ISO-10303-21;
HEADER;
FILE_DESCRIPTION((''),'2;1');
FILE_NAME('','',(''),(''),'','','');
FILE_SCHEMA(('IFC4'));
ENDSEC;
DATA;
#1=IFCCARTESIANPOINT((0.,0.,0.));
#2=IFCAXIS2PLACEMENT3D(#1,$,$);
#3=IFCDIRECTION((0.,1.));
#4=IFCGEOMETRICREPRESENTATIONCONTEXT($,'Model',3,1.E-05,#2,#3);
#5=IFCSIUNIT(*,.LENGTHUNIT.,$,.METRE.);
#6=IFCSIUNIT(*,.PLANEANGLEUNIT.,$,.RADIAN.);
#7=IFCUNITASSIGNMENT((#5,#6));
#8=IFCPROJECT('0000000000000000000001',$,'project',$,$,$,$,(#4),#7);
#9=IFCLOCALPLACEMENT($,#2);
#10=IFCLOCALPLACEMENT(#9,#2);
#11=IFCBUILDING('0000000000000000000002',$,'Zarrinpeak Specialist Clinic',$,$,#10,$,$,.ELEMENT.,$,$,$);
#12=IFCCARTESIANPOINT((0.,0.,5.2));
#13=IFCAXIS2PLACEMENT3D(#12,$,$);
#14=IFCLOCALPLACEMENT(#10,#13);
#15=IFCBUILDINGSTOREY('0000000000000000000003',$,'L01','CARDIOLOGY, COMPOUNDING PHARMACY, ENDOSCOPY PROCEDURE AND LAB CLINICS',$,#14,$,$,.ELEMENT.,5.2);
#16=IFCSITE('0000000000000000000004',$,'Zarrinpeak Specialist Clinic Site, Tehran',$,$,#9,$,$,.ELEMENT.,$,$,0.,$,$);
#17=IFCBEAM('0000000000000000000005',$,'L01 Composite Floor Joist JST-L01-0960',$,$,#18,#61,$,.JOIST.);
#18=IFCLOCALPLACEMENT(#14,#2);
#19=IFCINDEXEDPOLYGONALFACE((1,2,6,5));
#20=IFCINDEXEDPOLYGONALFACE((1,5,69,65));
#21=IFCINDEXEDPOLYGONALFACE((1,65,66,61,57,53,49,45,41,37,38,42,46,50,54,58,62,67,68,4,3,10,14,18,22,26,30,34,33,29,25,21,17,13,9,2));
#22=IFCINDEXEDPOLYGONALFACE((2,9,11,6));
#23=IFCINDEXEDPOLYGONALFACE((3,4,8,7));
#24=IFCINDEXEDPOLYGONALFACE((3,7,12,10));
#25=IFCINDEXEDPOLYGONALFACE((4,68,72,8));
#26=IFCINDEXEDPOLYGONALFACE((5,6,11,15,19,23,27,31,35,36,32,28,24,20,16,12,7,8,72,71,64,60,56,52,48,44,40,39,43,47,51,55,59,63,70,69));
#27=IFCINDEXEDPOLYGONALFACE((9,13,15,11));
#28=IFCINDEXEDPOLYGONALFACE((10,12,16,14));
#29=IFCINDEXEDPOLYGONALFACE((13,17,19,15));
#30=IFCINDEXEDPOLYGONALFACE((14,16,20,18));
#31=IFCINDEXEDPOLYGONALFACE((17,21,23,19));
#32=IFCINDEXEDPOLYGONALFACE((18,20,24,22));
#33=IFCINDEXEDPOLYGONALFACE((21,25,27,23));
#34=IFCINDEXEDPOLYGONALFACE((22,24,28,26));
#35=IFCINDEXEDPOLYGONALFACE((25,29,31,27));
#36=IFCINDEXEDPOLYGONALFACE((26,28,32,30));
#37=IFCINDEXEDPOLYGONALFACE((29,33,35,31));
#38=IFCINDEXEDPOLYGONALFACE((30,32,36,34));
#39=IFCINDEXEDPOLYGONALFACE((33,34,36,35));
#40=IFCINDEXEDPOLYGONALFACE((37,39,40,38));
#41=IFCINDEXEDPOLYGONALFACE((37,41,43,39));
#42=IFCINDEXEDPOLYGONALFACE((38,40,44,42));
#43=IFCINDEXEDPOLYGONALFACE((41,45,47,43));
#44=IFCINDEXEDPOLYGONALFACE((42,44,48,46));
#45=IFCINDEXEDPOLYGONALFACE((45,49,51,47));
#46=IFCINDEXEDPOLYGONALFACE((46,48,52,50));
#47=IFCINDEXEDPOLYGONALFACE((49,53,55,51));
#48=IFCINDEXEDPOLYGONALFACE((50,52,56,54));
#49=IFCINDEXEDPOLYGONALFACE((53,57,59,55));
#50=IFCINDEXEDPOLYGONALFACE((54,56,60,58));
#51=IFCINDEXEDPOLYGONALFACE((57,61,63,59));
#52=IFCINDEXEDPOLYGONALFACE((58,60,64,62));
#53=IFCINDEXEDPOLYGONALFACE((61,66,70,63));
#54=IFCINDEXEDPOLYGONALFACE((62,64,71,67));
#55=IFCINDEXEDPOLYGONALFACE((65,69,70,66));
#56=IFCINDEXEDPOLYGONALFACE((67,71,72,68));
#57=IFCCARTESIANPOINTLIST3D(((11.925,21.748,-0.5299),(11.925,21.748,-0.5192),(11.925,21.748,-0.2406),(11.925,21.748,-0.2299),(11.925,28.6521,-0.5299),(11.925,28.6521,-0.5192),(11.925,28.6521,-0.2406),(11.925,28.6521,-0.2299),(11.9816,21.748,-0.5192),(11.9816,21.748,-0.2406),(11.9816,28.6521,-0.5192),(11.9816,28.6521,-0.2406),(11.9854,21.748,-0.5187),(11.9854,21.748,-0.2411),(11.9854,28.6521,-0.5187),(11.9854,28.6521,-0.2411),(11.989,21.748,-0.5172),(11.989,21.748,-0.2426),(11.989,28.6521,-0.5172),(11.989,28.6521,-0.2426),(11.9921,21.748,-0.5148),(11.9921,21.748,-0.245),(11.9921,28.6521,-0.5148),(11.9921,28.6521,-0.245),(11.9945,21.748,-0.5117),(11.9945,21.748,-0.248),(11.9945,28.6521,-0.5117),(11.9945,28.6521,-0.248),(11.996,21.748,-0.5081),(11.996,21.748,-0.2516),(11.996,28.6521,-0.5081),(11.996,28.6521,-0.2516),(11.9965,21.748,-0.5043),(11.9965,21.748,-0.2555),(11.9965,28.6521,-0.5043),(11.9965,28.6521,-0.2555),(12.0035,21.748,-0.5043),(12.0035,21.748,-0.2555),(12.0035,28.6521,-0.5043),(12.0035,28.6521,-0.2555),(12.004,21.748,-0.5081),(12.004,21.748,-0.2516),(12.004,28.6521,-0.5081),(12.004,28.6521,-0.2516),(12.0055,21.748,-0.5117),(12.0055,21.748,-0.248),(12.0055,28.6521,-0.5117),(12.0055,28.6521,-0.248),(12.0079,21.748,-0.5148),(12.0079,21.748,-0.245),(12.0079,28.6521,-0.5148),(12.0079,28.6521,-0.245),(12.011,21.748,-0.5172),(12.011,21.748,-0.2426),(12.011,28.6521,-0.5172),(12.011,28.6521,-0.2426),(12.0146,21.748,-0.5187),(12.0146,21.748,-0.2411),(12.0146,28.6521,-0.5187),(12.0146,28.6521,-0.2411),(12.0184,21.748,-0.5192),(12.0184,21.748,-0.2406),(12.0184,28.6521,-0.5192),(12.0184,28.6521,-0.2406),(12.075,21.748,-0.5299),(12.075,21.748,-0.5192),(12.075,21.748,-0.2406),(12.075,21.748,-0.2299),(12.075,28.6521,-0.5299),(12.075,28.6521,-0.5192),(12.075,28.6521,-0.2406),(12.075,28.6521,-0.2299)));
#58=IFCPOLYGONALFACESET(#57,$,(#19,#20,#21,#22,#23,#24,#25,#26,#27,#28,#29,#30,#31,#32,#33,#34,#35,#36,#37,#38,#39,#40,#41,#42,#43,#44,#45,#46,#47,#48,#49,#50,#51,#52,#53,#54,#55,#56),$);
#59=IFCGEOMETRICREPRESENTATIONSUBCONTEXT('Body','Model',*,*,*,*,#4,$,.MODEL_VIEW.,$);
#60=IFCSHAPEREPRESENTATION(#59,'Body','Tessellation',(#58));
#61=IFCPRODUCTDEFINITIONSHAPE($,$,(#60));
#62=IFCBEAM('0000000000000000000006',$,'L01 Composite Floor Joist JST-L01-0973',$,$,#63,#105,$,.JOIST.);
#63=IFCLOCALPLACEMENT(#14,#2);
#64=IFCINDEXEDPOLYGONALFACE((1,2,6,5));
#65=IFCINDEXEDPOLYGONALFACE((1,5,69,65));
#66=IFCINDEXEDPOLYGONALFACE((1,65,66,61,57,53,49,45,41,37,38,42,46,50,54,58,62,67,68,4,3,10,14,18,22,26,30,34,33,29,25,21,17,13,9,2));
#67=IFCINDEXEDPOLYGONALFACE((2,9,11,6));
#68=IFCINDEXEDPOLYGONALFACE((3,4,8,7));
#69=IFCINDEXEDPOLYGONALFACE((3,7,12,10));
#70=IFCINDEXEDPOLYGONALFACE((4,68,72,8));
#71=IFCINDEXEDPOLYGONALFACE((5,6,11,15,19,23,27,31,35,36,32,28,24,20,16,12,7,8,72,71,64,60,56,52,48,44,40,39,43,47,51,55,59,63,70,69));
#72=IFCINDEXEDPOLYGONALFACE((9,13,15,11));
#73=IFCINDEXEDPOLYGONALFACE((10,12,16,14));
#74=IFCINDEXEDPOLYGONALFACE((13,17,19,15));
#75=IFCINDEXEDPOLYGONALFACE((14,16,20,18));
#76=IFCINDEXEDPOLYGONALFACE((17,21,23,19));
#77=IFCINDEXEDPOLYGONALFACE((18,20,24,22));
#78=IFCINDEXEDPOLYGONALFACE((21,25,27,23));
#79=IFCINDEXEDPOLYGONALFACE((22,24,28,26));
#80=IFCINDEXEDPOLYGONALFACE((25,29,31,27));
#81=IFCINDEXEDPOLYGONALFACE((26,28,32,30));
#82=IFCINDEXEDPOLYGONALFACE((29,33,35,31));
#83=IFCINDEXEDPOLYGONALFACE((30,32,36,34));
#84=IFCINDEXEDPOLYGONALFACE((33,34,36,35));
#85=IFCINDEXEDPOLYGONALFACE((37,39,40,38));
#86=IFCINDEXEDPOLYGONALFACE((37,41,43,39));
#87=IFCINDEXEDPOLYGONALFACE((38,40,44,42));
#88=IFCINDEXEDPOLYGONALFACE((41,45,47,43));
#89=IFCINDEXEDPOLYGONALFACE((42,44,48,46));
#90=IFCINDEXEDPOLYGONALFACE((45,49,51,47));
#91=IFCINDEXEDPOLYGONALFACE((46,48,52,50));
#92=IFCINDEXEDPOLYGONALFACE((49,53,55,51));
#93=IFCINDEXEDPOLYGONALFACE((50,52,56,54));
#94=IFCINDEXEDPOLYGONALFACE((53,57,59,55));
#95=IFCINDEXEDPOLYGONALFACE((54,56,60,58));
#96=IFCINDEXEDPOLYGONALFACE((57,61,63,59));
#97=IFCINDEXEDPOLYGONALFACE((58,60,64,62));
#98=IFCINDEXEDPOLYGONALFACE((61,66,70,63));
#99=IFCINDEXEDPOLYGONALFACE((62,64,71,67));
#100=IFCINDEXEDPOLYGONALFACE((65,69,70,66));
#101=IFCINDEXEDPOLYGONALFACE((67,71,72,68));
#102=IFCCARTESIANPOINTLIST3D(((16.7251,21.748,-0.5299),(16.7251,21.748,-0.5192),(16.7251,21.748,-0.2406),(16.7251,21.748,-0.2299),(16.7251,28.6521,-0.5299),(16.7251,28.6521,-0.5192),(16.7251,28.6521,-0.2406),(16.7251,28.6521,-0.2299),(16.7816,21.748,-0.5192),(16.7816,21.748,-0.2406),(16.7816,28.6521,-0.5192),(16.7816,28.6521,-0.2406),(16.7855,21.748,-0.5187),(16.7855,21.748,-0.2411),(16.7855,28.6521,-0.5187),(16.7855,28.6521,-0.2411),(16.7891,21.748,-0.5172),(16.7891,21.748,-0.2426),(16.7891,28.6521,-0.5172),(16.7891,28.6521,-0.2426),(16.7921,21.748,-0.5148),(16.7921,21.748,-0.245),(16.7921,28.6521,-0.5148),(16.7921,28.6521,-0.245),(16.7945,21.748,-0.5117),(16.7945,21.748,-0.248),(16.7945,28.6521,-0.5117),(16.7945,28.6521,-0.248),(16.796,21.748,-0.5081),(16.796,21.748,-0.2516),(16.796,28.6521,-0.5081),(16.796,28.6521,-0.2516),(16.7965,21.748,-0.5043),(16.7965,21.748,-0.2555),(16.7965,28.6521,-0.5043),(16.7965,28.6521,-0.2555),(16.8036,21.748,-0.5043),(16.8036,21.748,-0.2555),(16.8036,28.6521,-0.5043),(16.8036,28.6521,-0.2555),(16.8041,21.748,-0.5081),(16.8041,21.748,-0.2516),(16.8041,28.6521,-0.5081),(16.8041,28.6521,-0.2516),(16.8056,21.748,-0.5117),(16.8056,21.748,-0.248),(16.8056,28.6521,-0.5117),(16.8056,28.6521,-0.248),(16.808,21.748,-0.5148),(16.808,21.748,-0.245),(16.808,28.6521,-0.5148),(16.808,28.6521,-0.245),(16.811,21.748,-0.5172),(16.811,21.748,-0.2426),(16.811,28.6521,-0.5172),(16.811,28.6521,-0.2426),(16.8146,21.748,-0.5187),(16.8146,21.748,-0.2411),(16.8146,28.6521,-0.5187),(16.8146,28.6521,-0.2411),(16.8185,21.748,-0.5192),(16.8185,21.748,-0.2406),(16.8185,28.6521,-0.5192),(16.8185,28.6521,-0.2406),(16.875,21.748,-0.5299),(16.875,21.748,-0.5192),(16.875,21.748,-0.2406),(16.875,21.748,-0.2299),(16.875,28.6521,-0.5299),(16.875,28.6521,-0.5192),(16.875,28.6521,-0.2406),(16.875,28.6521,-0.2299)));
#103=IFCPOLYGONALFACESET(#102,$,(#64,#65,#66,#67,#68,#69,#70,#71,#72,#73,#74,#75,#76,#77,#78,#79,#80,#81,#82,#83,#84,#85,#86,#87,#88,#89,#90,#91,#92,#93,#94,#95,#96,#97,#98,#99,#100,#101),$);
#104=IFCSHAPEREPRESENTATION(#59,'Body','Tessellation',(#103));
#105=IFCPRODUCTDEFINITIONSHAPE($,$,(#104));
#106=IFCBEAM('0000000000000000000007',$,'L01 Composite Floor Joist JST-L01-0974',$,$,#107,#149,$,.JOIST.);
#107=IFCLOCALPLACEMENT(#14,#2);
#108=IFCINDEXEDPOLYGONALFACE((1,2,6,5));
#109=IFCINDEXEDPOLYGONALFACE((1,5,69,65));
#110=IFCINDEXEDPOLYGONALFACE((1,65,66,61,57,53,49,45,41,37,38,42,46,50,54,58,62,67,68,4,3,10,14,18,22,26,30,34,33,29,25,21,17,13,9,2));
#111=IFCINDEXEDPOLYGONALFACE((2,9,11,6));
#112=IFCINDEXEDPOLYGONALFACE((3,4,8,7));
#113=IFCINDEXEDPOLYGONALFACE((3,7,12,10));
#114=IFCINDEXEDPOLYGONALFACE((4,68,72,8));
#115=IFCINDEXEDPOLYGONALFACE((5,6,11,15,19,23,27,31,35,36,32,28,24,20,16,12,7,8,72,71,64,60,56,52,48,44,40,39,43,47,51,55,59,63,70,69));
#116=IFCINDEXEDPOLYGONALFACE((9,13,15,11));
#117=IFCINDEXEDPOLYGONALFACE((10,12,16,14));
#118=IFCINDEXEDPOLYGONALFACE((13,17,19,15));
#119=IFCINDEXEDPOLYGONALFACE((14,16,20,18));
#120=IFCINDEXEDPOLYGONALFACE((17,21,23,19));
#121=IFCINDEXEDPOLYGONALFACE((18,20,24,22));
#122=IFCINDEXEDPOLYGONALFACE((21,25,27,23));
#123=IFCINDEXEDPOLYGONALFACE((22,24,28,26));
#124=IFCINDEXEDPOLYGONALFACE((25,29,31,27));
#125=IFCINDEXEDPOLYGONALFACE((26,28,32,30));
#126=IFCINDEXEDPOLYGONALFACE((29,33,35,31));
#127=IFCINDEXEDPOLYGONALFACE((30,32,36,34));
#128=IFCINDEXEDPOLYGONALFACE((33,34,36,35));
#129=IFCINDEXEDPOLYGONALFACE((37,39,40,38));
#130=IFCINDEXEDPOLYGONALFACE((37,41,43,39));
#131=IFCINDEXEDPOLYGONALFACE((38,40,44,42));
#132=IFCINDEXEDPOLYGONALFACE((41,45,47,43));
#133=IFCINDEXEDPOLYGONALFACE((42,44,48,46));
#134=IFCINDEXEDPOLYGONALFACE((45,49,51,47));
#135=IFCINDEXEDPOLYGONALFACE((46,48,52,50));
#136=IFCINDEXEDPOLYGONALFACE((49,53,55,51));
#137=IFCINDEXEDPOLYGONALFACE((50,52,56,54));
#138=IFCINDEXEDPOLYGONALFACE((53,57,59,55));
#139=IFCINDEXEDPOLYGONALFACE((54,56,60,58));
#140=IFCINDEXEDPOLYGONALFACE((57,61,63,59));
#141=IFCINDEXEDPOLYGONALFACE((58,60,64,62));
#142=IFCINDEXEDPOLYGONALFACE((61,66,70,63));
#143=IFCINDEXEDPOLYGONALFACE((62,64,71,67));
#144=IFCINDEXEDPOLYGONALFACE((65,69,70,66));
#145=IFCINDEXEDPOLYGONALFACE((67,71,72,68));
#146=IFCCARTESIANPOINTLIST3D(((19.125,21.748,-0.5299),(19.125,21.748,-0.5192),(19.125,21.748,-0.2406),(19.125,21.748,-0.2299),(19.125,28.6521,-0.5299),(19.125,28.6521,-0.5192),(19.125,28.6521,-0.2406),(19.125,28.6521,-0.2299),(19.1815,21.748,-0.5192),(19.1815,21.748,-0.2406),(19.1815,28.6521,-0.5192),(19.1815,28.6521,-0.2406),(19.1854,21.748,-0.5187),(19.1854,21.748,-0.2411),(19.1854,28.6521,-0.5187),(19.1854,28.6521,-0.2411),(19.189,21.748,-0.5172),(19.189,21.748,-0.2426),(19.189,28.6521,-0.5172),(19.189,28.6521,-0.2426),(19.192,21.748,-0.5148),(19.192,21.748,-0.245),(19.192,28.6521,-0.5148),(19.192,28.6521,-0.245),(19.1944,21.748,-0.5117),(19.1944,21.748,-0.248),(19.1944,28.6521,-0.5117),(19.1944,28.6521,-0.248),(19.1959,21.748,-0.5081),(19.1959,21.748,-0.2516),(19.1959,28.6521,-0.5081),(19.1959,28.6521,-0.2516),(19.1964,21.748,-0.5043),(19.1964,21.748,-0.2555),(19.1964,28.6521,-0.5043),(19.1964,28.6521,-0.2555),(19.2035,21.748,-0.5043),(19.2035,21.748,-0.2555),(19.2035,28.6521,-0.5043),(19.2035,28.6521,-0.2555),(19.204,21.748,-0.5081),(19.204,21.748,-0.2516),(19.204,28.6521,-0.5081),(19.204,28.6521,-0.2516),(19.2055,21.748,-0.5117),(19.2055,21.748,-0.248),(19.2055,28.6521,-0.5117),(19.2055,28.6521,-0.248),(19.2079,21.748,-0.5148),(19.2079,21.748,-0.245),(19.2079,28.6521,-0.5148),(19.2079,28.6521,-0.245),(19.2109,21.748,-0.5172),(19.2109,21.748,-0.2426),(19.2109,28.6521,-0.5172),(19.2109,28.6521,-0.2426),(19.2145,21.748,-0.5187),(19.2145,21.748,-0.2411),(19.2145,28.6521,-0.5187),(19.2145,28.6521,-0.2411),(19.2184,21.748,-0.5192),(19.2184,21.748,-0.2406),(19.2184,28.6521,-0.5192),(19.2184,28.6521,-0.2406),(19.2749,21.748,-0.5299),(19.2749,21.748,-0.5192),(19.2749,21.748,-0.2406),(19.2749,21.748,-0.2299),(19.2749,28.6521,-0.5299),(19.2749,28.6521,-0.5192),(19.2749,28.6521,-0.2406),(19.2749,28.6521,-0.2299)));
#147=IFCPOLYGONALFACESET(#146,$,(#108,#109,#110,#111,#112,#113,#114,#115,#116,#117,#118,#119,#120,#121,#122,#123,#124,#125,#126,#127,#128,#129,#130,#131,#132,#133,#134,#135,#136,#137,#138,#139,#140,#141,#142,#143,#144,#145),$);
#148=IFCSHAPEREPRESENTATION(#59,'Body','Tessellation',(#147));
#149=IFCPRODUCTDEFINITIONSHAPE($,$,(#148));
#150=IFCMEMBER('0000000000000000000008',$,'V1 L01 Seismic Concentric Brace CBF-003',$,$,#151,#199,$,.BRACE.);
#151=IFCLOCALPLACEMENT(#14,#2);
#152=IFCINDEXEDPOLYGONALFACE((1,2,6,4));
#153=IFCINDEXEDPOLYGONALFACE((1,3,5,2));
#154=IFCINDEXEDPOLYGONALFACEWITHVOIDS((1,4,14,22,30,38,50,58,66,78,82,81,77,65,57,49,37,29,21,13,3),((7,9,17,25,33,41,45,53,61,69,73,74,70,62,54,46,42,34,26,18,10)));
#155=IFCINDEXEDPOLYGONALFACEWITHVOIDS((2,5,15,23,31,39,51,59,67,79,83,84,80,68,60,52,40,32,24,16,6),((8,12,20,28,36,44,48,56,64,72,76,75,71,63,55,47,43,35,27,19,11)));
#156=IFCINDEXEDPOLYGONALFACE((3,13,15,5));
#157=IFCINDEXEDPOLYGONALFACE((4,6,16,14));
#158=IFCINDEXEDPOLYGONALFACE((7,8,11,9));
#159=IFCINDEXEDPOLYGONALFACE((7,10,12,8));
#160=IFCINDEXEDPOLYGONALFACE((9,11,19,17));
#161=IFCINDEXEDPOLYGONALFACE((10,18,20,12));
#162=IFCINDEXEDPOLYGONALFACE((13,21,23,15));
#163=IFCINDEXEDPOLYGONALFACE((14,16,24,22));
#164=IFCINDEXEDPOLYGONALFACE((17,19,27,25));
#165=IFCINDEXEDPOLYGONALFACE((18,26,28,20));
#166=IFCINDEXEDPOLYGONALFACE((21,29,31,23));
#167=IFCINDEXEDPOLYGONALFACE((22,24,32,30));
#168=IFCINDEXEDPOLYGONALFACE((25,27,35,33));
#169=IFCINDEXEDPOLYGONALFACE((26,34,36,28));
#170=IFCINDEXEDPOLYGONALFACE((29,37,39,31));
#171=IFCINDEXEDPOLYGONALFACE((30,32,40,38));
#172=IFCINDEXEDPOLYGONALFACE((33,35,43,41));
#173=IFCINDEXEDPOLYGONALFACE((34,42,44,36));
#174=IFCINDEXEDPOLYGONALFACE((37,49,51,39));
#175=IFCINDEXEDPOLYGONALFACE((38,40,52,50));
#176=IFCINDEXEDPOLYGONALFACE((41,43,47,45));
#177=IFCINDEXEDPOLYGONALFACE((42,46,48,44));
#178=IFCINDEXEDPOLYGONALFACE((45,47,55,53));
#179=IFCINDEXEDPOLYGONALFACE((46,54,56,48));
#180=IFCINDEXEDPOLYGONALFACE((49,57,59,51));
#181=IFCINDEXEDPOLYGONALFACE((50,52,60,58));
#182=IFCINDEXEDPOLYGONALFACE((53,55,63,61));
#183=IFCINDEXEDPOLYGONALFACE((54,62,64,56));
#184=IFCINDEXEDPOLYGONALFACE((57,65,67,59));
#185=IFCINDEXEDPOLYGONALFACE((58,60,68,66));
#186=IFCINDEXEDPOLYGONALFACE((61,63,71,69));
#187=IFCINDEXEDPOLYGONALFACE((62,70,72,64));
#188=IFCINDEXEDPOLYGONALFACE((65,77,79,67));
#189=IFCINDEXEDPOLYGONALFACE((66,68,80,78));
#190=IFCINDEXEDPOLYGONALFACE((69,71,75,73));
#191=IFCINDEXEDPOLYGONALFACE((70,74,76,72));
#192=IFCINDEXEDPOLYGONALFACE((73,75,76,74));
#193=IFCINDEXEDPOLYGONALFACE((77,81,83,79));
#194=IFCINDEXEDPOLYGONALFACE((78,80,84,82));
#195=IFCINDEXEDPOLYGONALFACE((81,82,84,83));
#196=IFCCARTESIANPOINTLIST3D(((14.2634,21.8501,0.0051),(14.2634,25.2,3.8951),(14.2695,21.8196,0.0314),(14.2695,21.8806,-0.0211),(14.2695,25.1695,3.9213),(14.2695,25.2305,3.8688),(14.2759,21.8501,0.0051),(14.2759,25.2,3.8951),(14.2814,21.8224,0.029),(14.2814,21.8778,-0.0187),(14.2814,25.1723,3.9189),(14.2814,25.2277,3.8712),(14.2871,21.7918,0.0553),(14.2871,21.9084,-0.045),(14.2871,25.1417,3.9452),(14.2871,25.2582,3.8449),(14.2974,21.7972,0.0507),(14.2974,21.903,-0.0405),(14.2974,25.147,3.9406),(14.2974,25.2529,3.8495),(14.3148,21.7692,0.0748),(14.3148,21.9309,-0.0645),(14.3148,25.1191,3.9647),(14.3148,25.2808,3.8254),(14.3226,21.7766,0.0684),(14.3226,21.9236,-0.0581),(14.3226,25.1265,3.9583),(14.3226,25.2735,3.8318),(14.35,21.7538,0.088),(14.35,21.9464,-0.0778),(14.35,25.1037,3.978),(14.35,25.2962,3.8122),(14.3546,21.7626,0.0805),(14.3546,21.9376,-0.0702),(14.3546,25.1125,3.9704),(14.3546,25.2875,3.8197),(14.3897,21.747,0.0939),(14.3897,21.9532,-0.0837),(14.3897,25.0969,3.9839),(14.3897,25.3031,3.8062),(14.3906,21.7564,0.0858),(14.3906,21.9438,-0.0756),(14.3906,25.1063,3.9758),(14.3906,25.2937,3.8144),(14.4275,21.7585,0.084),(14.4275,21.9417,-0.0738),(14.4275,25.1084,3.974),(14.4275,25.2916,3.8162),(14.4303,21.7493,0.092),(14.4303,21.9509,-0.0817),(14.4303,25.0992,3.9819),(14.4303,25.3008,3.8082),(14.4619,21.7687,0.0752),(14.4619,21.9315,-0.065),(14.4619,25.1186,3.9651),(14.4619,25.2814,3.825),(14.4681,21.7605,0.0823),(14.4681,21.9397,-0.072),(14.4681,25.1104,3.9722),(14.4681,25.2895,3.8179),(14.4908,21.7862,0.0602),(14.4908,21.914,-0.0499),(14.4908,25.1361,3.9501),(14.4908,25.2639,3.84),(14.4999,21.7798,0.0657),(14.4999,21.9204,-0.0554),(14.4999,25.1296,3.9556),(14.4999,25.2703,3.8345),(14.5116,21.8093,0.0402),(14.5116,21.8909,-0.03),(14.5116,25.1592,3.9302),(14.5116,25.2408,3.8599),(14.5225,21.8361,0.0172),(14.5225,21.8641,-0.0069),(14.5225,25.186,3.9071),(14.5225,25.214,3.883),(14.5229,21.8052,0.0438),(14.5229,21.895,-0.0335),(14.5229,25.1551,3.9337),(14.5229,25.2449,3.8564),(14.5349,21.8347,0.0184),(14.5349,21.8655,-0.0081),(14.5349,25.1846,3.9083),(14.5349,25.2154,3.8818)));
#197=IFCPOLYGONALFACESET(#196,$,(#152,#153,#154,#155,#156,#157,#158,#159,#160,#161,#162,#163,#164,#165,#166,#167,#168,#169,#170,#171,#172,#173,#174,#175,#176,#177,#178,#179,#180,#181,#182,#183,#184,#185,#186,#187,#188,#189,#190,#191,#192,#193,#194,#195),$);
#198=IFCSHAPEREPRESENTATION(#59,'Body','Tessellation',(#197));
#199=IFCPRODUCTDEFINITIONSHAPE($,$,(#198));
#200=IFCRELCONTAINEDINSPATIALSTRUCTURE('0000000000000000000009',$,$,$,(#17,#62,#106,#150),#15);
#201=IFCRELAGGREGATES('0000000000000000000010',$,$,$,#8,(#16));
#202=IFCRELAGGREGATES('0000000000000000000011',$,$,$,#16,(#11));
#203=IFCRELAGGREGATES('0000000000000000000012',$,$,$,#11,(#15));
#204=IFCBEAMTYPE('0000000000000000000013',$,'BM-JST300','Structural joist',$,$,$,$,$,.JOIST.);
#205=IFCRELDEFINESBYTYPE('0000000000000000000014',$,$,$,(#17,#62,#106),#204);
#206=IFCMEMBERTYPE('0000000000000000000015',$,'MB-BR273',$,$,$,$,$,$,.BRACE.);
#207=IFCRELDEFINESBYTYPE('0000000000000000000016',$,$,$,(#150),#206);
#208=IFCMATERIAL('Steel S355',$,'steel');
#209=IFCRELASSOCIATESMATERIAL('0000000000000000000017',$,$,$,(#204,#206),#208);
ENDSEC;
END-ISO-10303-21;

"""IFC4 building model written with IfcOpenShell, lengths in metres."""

from ifc_helpers import new_model, si_unit, direction, frame, origin, origin_2d, place, context, subcontext, project, spatial, hollow_circle, i_section, extrude, material, material_profile, profile_set, type_object, element, save


model = new_model("IFC4")

# Units and contexts
model_context = context("Model", 3, precision=1e-05, world=origin(), true_north=direction((0.0, 1.0)))
body_context = subcontext(model_context, "Body", "Model", "MODEL_VIEW")
ifc_project = project(units=[si_unit("LENGTHUNIT", "METRE"), si_unit("PLANEANGLEUNIT", "RADIAN")], contexts=[model_context])

# Site, building, storey
site_placement = place(None, origin())
site = spatial("IfcSite", under=ifc_project, at=site_placement, Name="Zarrinpeak Specialist Clinic Site, Tehran", CompositionType="ELEMENT", RefElevation=0.0)
building_placement = place(site_placement, origin())
building = spatial("IfcBuilding", under=site, at=building_placement, Name="Zarrinpeak Specialist Clinic", CompositionType="ELEMENT")
storey_placement = place(building_placement, frame((0.0, 0.0, 5.2)))
storey = spatial("IfcBuildingStorey", under=building, at=storey_placement, Name="L01", Description="CARDIOLOGY, COMPOUNDING PHARMACY, ENDOSCOPY PROCEDURE AND LAB CLINICS", CompositionType="ELEMENT", Elevation=5.2)

# Shared definitions
ifc_material_1 = material(Name="Steel S355", Category="steel")

# Beams
ifc_material_profile_1 = material_profile(ifc_material_1, i_section(OverallWidth=0.1499, OverallDepth=0.3, WebThickness=0.0071, FlangeThickness=0.0107, FilletRadius=0.0149, at=origin_2d()), Name="IPE 300")
ifc_profile_set_1 = profile_set([ifc_material_profile_1], Name="Steel S355")
beam_type_1 = type_object("IfcBeamType", Name="BM-JST300", Description="Structural joist", PredefinedType="JOIST", material=ifc_profile_set_1)
for number, where, z_axis, x_axis, name in (
    (1, (12.0, 21.748, -0.3799), (0.0, 1.0, 0.0), (-1.0, 0.0, 0.0), "L01 Composite Floor Joist JST-L01-0960"),
    (2, (16.8, 21.748, -0.3799), (0.0, 1.0, 0.0), (-1.0, 0.0, 0.0), "L01 Composite Floor Joist JST-L01-0973"),
    (3, (19.2, 21.748, -0.3799), (0.0, 1.0, 0.0), (-1.0, 0.0, 0.0), "L01 Composite Floor Joist JST-L01-0974"),
):
    element("IfcBeam", number, at=place(storey_placement, frame(where, z_axis=z_axis, x_axis=x_axis)), inside=storey, type_object=beam_type_1, Name=name, PredefinedType="JOIST", context=body_context, shape_type="SweptSolid", body=[
        extrude(i_section(OverallWidth=0.1499, OverallDepth=0.3, WebThickness=0.0071, FlangeThickness=0.0107, FilletRadius=0.0149, at=origin_2d()), origin(), (0.0, 0.0, 1.0), 6.9041),
    ])

# Member
ifc_material_profile_2 = material_profile(ifc_material_1, hollow_circle(Radius=0.1365, WallThickness=0.0125, at=origin_2d()), Name="CHS 273.0x12.5")
ifc_profile_set_2 = profile_set([ifc_material_profile_2], Name="Steel S355")
member_type = type_object("IfcMemberType", Name="MB-BR273", PredefinedType="BRACE", material=ifc_profile_set_2)
for number, where, z_axis, x_axis, name in (
    (4, (14.3999, 21.8501, 0.0051), (0.0, 0.652548, 0.757747), (-1.0, 0.0, 0.0), "V1 L01 Seismic Concentric Brace CBF-003"),
):
    element("IfcMember", number, at=place(storey_placement, frame(where, z_axis=z_axis, x_axis=x_axis)), inside=storey, type_object=member_type, Name=name, PredefinedType="BRACE", context=body_context, shape_type="SweptSolid", body=[
        extrude(hollow_circle(Radius=0.1365, WallThickness=0.0125, at=origin_2d()), origin(), (0.0, 0.0, 1.0), 5.1335),
    ])

save(model, "model.ifc")
